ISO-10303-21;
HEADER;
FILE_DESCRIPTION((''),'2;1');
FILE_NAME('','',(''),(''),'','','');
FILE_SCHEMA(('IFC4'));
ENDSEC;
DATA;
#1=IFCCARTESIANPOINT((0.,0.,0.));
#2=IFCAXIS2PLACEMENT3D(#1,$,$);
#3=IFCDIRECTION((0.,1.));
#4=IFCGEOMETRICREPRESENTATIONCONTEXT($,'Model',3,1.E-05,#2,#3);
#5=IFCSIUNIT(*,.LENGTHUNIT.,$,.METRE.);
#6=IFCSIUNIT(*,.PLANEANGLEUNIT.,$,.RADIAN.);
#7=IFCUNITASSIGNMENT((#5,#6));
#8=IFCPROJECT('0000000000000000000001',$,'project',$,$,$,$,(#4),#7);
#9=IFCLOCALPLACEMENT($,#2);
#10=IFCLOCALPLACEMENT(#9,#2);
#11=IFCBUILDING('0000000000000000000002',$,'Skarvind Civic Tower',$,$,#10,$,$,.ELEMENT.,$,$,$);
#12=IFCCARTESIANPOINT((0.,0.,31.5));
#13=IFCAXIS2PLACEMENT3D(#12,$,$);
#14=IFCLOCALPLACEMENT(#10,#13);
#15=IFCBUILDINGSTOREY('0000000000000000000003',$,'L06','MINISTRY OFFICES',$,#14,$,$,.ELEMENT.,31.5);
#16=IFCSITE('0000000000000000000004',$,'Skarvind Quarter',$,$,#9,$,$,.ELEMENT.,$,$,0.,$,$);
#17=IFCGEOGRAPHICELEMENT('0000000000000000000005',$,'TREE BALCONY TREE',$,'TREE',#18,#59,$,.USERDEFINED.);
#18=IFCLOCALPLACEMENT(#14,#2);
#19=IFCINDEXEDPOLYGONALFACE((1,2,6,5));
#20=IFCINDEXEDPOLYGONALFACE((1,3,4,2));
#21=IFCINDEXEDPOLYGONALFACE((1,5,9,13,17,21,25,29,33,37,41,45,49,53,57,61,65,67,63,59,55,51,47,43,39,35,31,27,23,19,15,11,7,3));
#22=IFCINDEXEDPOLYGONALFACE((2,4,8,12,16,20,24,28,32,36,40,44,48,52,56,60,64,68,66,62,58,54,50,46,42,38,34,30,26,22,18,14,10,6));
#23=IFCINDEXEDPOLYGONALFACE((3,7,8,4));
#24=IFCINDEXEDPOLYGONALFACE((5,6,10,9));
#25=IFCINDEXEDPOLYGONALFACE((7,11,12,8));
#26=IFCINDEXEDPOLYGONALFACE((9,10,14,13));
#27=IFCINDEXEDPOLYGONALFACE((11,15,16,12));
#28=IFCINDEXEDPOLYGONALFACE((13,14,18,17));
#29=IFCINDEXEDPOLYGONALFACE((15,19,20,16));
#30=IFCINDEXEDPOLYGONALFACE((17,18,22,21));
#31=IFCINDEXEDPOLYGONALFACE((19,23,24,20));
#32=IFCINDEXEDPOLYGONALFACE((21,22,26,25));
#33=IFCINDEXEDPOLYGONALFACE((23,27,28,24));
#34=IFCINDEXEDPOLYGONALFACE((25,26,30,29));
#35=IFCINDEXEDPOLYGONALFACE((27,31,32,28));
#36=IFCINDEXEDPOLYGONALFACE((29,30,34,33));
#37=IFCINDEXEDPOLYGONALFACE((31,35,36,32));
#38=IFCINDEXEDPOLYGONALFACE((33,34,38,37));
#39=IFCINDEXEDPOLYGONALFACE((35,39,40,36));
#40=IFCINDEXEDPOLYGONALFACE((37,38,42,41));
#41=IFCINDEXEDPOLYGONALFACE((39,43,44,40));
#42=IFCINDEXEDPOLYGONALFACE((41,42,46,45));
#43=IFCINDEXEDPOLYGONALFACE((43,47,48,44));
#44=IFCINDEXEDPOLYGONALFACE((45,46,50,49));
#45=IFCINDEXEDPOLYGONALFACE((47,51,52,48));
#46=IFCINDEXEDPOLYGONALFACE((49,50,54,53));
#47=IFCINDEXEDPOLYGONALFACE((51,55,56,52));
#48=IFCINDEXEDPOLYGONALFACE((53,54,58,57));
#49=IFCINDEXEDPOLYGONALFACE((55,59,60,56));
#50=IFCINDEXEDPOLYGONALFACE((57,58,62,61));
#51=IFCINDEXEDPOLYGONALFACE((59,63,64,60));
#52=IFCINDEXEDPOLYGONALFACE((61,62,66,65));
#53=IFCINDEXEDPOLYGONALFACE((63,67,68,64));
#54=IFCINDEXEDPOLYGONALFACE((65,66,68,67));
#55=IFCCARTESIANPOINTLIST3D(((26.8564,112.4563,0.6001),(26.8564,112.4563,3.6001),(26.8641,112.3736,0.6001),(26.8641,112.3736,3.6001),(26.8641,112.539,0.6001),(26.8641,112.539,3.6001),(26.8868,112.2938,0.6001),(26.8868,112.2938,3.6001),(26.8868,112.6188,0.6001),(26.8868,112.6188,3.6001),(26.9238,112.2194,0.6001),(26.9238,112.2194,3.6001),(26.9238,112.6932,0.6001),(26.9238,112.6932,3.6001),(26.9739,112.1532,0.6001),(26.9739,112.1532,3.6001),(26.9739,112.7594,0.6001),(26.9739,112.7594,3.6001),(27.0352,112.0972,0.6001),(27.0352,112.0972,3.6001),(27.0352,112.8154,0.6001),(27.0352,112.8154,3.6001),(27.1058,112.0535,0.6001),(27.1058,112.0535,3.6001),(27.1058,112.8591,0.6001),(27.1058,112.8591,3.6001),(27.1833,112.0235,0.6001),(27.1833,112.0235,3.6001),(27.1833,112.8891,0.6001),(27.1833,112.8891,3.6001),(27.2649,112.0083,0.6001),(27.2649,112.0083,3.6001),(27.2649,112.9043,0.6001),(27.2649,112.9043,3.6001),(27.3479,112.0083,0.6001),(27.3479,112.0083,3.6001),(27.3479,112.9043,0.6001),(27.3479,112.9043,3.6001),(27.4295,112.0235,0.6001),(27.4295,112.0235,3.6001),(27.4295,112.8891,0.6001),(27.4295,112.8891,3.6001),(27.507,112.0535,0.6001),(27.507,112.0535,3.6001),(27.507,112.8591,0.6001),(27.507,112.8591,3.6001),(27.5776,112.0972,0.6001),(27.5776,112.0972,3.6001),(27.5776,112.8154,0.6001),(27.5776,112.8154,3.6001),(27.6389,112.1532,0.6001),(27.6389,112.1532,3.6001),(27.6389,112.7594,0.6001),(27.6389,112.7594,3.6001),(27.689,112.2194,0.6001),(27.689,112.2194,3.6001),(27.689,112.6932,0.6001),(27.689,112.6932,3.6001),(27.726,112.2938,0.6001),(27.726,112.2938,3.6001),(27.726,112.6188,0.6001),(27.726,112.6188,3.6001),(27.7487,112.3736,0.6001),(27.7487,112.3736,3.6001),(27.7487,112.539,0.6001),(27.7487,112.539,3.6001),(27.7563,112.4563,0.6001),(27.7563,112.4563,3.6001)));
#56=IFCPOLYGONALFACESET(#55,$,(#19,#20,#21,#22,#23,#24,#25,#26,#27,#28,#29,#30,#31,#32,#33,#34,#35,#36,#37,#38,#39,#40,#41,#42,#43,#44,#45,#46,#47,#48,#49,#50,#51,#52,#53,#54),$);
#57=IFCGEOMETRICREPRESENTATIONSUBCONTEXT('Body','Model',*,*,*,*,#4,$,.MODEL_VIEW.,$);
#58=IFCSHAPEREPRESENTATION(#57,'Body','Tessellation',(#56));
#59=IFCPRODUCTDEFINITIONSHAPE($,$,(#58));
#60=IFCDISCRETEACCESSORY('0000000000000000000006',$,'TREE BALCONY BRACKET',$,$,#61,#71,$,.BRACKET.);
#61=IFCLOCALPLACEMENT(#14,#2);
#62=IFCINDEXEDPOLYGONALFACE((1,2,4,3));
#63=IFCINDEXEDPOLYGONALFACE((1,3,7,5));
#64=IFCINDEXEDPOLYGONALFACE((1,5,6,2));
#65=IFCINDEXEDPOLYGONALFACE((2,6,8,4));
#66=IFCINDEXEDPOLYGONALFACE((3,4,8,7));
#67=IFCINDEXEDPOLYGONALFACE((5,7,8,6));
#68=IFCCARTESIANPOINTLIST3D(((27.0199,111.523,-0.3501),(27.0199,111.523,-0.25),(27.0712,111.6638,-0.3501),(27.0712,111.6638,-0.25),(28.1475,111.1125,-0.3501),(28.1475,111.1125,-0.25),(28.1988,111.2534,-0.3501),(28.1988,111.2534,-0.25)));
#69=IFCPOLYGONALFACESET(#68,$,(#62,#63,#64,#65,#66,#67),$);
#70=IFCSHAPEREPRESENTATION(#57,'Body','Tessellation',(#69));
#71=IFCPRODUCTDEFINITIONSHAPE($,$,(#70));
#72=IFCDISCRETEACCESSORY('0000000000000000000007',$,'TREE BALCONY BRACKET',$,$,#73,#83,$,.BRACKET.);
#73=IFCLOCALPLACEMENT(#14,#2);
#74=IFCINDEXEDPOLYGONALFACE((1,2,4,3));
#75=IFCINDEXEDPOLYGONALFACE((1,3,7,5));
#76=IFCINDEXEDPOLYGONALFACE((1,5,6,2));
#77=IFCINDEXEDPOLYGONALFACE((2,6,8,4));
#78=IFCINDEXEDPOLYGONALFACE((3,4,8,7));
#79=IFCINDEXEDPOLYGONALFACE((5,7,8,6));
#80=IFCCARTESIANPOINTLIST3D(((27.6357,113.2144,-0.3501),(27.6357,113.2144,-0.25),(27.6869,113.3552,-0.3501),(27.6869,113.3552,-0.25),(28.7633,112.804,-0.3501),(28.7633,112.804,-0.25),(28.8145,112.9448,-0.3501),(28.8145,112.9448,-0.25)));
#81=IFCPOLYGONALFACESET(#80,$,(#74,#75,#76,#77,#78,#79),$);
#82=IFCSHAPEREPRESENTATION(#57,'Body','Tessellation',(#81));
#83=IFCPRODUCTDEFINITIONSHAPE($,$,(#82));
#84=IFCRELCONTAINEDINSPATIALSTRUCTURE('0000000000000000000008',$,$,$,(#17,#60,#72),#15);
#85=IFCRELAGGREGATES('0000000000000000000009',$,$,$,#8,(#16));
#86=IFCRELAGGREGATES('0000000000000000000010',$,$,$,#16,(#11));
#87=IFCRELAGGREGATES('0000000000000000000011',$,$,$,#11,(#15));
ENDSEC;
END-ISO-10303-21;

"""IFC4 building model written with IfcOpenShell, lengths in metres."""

from ifc_helpers import new_model, si_unit, direction, frame, origin, origin_2d, place, context, subcontext, project, spatial, rectangle, circle, extrude, element, save


model = new_model("IFC4")

# Units and contexts
model_context = context("Model", 3, precision=1e-05, world=origin(), true_north=direction((0.0, 1.0)))
body_context = subcontext(model_context, "Body", "Model", "MODEL_VIEW")
ifc_project = project(units=[si_unit("LENGTHUNIT", "METRE"), si_unit("PLANEANGLEUNIT", "RADIAN")], contexts=[model_context])

# Site, building, storey
site_placement = place(None, origin())
site = spatial("IfcSite", under=ifc_project, at=site_placement, Name="Skarvind Quarter", CompositionType="ELEMENT", RefElevation=0.0)
building_placement = place(site_placement, origin())
building = spatial("IfcBuilding", under=site, at=building_placement, Name="Skarvind Civic Tower", CompositionType="ELEMENT")
storey_placement = place(building_placement, frame((0.0, 0.0, 31.5)))
storey = spatial("IfcBuildingStorey", under=building, at=storey_placement, Name="L06", Description="MINISTRY OFFICES", CompositionType="ELEMENT", Elevation=31.5)

# Geographic element
geographic_element_placement = place(storey_placement, frame((27.3064, 112.4563, 0.6001), z_axis=(0.0, 0.0, 1.0), x_axis=(1.0, 0.0, 0.0)))
element("IfcGeographicElement", 1, at=geographic_element_placement, inside=storey, Name="TREE BALCONY TREE", ObjectType="TREE", PredefinedType="USERDEFINED", context=body_context, shape_type="SweptSolid", body=[
    extrude(circle(Radius=0.45, at=origin_2d()), origin(), (0.0, 0.0, 1.0), 3.0),
])

# Discrete accessories
for number, where, z_axis, x_axis, name in (
    (2, (27.6094, 111.3882, -0.3501), (0.0, 0.0, 1.0), (0.34202, 0.939693, 0.0), "TREE BALCONY BRACKET"),
    (3, (28.2251, 113.0796, -0.3501), (0.0, 0.0, 1.0), (0.34202, 0.939693, 0.0), "TREE BALCONY BRACKET"),
):
    element("IfcDiscreteAccessory", number, at=place(storey_placement, frame(where, z_axis=z_axis, x_axis=x_axis)), inside=storey, Name=name, PredefinedType="BRACKET", context=body_context, shape_type="SweptSolid", body=[
        extrude(rectangle(XDim=0.1499, YDim=1.2, at=origin_2d()), origin(), (0.0, 0.0, 1.0), 0.1001),
    ])

save(model, "model.ifc")
